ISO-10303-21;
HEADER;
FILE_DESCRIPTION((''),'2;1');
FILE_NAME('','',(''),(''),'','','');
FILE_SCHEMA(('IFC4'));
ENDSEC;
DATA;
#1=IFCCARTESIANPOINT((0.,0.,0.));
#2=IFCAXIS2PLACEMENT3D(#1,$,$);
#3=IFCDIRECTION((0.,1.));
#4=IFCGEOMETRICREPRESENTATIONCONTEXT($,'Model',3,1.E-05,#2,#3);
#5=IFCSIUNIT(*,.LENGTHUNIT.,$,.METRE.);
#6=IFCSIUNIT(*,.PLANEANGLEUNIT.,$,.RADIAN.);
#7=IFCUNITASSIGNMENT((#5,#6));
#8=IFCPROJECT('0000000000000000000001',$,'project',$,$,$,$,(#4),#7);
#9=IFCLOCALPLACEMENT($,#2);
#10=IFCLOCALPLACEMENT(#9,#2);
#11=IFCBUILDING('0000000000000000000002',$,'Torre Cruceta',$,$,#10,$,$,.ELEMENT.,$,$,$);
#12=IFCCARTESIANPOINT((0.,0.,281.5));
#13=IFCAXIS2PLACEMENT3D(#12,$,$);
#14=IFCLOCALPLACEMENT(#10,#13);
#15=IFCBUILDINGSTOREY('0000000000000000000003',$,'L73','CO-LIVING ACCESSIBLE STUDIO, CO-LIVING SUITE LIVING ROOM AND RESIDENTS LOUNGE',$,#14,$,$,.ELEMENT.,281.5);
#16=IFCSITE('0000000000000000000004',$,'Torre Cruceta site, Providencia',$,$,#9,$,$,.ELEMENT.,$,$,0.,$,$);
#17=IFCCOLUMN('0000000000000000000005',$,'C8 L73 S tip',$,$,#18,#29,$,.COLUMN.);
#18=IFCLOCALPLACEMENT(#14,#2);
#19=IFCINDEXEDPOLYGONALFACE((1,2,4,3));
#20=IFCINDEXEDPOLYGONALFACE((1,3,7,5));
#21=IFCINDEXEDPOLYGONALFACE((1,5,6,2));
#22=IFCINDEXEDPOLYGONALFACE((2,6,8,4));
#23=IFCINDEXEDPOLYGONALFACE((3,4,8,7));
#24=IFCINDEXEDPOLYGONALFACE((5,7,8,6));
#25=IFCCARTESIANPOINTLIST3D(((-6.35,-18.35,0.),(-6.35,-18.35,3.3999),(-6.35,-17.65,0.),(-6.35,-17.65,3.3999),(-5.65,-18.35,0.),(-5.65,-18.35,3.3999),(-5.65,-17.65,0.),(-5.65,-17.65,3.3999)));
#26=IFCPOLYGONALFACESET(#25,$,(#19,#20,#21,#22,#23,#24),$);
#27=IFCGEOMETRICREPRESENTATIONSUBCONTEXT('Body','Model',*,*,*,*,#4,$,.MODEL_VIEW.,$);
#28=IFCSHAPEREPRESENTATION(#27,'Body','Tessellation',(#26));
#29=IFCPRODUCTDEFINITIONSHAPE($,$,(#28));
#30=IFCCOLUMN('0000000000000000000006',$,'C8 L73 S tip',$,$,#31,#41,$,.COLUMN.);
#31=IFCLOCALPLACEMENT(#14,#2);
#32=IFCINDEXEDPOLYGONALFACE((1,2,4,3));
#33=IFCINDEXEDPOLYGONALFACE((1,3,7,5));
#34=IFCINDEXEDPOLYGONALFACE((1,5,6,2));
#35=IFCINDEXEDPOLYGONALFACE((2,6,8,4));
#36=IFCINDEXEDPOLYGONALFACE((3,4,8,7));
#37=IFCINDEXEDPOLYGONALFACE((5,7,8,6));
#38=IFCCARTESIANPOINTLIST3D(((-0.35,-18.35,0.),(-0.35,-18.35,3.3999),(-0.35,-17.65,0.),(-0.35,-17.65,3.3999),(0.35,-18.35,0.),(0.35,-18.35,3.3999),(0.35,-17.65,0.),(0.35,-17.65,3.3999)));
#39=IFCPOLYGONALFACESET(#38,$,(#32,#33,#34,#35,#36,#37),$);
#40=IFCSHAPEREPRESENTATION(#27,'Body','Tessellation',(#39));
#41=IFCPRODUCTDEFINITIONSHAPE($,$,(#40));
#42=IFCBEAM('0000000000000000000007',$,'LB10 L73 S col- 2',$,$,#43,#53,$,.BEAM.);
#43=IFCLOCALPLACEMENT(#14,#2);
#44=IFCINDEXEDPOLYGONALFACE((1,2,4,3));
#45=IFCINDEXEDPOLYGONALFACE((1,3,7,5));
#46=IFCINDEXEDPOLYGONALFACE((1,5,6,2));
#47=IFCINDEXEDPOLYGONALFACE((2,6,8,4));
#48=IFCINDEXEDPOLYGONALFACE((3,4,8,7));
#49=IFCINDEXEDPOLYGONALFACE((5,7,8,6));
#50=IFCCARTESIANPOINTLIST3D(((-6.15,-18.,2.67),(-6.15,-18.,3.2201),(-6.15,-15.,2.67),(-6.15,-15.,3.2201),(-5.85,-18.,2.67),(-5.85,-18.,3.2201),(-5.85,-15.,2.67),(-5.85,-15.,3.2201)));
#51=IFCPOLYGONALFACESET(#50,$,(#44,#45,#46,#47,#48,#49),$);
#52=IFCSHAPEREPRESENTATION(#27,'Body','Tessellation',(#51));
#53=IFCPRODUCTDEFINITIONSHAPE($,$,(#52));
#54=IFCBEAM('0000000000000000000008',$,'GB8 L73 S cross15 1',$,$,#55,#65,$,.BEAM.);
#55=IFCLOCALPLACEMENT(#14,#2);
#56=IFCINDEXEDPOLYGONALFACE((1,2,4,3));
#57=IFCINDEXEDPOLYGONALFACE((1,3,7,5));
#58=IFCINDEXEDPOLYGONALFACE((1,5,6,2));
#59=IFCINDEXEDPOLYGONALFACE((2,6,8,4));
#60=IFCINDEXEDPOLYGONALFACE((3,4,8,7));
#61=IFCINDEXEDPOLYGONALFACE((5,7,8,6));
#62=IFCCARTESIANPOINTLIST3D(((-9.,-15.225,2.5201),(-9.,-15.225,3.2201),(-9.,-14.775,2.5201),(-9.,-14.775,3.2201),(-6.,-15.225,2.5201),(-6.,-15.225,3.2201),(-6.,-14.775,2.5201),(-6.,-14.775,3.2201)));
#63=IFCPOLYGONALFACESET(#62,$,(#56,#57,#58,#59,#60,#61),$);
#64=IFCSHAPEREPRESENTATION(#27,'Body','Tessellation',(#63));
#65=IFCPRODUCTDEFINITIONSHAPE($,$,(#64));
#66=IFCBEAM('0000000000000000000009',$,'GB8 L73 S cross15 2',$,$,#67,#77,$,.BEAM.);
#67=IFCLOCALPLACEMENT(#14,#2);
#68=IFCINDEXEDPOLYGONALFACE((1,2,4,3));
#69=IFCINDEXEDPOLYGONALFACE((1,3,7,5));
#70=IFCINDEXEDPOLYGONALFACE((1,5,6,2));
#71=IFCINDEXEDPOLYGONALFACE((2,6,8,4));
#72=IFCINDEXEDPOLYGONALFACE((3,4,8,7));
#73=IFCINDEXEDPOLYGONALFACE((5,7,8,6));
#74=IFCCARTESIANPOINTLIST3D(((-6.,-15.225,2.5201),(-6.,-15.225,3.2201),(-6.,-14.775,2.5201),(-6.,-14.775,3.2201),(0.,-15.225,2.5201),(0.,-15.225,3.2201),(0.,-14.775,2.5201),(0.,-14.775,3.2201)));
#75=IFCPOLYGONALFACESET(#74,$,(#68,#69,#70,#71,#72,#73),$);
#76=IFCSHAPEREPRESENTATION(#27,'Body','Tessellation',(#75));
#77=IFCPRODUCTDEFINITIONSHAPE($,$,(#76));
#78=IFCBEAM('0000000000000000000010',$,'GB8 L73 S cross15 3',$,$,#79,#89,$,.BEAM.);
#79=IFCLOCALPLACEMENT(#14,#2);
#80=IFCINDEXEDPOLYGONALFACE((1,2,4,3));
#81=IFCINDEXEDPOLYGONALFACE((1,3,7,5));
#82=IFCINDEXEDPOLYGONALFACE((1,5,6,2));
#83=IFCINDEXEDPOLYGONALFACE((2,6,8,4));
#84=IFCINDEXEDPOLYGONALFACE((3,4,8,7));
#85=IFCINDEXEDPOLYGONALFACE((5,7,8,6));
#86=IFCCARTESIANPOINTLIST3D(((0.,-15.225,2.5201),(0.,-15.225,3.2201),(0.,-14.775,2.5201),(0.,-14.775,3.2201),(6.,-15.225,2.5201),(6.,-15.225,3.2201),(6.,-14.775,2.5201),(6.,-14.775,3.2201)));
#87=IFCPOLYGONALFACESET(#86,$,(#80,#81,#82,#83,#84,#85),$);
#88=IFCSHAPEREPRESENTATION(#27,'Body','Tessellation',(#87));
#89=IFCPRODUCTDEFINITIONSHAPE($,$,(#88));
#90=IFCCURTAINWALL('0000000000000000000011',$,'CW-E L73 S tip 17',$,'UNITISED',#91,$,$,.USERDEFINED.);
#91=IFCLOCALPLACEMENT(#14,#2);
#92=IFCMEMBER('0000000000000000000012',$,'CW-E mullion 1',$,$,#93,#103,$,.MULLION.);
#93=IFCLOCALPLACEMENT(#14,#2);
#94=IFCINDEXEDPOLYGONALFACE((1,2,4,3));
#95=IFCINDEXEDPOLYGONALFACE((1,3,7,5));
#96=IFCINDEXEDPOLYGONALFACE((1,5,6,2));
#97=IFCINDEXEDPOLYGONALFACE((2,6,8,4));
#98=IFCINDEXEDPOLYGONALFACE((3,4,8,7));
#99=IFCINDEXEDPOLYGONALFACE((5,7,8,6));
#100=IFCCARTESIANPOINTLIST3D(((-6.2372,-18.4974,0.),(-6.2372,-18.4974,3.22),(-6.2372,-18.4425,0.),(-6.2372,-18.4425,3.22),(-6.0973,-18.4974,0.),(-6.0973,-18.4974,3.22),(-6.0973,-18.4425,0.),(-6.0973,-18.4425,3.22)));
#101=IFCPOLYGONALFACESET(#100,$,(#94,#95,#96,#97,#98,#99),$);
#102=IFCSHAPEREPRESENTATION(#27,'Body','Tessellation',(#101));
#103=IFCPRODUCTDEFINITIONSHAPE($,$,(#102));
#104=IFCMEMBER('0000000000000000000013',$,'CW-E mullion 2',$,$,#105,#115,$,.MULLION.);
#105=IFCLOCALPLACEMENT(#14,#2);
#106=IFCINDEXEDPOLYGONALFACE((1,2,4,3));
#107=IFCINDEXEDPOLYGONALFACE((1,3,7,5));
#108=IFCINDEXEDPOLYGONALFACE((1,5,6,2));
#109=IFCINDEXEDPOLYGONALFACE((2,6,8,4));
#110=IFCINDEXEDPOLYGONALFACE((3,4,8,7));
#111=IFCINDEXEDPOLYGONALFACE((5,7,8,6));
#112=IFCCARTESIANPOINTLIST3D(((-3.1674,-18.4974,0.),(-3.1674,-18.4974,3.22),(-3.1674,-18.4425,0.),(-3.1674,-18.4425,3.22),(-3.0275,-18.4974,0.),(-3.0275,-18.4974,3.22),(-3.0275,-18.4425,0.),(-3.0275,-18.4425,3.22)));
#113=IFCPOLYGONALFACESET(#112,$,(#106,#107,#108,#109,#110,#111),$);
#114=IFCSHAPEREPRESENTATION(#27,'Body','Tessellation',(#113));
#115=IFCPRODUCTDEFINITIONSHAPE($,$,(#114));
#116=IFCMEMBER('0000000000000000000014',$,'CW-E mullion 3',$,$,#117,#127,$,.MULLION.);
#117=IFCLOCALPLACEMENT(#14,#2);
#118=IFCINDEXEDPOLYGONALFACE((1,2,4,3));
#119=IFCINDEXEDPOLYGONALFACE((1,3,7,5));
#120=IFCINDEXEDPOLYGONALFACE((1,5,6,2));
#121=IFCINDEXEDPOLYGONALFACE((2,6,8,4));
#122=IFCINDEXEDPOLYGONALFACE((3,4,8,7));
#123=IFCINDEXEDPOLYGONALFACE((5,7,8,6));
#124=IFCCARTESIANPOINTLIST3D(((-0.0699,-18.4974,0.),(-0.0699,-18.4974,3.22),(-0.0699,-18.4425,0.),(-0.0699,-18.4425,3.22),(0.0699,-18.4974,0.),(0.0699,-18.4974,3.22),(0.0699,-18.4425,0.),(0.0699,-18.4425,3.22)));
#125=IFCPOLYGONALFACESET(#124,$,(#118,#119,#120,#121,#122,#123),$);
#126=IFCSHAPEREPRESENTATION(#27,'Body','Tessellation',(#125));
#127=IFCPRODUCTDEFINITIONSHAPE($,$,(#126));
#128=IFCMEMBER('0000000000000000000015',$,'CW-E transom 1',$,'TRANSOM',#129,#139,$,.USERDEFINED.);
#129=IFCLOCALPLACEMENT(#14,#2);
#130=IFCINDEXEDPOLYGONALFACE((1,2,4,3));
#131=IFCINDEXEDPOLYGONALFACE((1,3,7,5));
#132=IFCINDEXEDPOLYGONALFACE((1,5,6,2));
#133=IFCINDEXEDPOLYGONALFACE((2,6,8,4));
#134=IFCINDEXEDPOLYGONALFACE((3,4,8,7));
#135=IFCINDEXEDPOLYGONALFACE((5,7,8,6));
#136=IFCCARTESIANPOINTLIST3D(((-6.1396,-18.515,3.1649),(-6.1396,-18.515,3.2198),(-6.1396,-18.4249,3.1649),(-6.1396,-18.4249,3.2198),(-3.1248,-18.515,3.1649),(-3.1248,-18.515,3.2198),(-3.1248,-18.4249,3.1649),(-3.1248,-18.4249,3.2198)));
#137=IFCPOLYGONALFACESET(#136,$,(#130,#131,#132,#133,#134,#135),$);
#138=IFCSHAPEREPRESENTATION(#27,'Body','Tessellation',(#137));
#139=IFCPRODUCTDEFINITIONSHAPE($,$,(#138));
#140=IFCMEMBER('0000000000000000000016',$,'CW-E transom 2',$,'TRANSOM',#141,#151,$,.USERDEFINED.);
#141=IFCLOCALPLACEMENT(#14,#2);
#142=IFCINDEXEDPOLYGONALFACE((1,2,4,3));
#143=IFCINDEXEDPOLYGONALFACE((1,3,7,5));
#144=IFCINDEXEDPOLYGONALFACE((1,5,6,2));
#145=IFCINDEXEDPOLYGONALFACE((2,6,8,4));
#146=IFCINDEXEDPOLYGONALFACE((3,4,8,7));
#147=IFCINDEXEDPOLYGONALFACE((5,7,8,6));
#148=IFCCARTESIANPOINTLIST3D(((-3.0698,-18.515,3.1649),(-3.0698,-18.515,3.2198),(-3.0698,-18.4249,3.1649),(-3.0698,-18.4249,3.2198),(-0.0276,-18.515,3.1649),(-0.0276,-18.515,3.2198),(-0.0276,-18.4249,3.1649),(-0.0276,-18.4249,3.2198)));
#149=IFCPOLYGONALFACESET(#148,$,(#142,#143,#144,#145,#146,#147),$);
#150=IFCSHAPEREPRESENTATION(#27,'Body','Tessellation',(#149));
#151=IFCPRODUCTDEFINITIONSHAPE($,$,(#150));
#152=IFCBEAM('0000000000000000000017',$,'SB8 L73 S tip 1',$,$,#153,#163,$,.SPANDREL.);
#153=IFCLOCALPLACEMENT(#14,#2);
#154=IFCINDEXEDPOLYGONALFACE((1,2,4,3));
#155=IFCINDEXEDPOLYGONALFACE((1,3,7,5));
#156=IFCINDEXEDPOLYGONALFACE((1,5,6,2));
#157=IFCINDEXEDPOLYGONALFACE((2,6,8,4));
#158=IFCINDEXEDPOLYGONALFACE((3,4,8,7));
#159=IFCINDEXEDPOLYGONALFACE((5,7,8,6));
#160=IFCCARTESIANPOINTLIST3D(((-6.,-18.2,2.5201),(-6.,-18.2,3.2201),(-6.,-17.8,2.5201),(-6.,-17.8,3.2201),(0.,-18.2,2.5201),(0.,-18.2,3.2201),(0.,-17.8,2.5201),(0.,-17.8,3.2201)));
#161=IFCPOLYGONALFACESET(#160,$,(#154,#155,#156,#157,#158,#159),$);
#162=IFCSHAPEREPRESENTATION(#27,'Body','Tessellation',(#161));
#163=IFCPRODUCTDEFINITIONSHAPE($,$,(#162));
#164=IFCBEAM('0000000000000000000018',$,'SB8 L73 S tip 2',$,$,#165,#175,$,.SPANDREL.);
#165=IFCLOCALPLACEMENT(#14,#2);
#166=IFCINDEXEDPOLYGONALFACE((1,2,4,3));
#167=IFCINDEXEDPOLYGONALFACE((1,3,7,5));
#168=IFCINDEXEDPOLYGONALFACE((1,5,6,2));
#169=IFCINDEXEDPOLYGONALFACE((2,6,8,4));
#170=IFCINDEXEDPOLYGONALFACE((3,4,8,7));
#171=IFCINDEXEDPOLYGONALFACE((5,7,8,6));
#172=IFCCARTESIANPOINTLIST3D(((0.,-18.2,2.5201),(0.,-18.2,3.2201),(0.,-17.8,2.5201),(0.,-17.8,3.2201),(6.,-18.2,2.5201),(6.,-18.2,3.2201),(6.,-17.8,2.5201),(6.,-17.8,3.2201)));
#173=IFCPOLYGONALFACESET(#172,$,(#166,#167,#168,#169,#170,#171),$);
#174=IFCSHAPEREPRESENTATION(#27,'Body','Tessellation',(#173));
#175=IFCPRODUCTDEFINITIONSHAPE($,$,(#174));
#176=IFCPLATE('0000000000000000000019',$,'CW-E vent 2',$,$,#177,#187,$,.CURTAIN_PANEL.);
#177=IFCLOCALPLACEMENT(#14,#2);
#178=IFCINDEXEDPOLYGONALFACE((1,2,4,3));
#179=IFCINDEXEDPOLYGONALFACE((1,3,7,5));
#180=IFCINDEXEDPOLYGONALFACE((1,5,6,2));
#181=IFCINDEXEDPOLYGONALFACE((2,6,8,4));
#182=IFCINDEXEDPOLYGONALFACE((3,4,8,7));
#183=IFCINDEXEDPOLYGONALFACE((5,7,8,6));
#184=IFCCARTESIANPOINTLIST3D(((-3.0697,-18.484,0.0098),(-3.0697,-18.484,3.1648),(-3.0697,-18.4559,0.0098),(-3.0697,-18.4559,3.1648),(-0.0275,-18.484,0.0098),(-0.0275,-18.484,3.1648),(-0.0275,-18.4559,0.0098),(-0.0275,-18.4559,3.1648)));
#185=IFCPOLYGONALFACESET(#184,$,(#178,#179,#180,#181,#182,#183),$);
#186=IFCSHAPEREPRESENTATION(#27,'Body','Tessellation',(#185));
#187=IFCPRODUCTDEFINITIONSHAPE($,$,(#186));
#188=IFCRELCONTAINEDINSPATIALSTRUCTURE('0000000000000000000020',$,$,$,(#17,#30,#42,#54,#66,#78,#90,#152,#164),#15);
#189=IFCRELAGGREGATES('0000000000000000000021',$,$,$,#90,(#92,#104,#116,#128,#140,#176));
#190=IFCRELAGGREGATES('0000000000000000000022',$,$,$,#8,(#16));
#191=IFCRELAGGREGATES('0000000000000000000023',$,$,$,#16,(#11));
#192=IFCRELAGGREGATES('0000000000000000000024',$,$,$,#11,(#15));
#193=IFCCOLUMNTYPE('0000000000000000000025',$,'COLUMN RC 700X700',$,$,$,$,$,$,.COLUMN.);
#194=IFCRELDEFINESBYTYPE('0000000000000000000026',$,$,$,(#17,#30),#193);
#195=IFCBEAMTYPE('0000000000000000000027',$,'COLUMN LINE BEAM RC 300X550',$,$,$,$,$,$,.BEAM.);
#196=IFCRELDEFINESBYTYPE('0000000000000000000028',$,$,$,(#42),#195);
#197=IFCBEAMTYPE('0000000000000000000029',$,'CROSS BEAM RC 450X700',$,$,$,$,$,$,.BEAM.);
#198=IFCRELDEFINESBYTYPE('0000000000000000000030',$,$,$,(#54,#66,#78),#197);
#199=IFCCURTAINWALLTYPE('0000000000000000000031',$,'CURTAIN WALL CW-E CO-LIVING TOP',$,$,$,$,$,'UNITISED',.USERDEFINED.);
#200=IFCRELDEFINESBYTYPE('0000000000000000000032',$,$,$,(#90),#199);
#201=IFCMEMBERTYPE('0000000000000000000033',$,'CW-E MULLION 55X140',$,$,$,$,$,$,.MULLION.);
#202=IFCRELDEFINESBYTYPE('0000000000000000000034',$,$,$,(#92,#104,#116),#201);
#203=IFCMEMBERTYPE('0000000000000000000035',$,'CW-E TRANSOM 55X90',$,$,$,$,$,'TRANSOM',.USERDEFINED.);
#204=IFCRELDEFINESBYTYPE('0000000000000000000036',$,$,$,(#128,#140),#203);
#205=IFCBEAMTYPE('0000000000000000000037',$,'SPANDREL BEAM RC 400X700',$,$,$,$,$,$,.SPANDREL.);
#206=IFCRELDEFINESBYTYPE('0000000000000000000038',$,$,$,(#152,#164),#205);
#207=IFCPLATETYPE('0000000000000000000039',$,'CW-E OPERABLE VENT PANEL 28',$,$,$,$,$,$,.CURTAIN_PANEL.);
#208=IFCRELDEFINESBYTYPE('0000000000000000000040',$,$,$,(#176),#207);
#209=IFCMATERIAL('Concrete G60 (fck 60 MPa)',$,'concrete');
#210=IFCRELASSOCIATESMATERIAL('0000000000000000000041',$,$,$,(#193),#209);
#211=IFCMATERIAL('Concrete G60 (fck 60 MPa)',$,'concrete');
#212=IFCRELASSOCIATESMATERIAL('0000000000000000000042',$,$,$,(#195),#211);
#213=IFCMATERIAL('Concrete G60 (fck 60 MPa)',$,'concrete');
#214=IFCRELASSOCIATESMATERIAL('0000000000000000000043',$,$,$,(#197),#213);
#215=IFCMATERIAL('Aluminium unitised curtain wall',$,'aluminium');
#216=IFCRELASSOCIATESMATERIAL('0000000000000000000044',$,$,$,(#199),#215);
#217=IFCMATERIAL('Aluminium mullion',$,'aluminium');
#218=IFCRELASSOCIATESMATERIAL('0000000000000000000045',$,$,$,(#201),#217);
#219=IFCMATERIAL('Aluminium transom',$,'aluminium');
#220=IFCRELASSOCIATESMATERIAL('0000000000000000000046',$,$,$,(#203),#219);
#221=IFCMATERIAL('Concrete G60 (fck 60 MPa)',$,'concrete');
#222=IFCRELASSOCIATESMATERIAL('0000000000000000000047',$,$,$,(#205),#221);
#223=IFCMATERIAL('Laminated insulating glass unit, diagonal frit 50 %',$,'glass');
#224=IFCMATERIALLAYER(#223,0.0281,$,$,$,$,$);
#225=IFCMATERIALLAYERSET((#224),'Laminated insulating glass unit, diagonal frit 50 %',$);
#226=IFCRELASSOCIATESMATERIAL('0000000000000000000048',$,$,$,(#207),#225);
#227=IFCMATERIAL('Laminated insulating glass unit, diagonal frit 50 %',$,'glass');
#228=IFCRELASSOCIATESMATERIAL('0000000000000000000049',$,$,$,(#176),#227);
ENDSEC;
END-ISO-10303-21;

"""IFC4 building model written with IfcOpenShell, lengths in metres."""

from ifc_helpers import new_model, si_unit, direction, frame, origin, origin_2d, place, context, subcontext, project, spatial, rectangle, extrude, material, layer, layer_set, material_profile, profile_set, type_object, element, aggregate, save


model = new_model("IFC4")

# Units and contexts
model_context = context("Model", 3, precision=1e-05, world=origin(), true_north=direction((0.0, 1.0)))
body_context = subcontext(model_context, "Body", "Model", "MODEL_VIEW")
ifc_project = project(units=[si_unit("LENGTHUNIT", "METRE"), si_unit("PLANEANGLEUNIT", "RADIAN")], contexts=[model_context])

# Site, building, storey
site_placement = place(None, origin())
site = spatial("IfcSite", under=ifc_project, at=site_placement, Name="Torre Cruceta site, Providencia", CompositionType="ELEMENT", RefElevation=0.0)
building_placement = place(site_placement, origin())
building = spatial("IfcBuilding", under=site, at=building_placement, Name="Torre Cruceta", CompositionType="ELEMENT")
storey_placement = place(building_placement, frame((0.0, 0.0, 281.5)))
storey = spatial("IfcBuildingStorey", under=building, at=storey_placement, Name="L73", Description="CO-LIVING ACCESSIBLE STUDIO, CO-LIVING SUITE LIVING ROOM AND RESIDENTS LOUNGE", CompositionType="ELEMENT", Elevation=281.5)

# Columns
ifc_material_1 = material(Name="Concrete G60 (fck 60 MPa)", Category="concrete")
ifc_material_profile_1 = material_profile(ifc_material_1, rectangle(XDim=0.7, YDim=0.7, at=origin_2d()), Name="RC 700X700")
ifc_profile_set_1 = profile_set([ifc_material_profile_1], Name="Concrete G60 (fck 60 MPa)")
column_type = type_object("IfcColumnType", Name="COLUMN RC 700X700", PredefinedType="COLUMN", material=ifc_profile_set_1)
for number, where, z_axis, x_axis, name in (
    (1, (-6.0, -18.0, 0.0), (0.0, 0.0, 1.0), (1.0, 0.0, 0.0), "C8 L73 S tip"),
    (2, (0.0, -18.0, 0.0), (0.0, 0.0, 1.0), (1.0, 0.0, 0.0), "C8 L73 S tip"),
):
    element("IfcColumn", number, at=place(storey_placement, frame(where, z_axis=z_axis, x_axis=x_axis)), inside=storey, type_object=column_type, Name=name, PredefinedType="COLUMN", context=body_context, shape_type="SweptSolid", body=[
        extrude(rectangle(XDim=0.7, YDim=0.7, at=origin_2d()), origin(), (0.0, 0.0, 1.0), 3.3999),
    ])

# Beams
ifc_material_2 = material(Name="Concrete G60 (fck 60 MPa)", Category="concrete")
ifc_material_profile_2 = material_profile(ifc_material_2, rectangle(XDim=0.3, YDim=0.55, at=origin_2d()), Name="RC 300X550")
ifc_profile_set_2 = profile_set([ifc_material_profile_2], Name="Concrete G60 (fck 60 MPa)")
beam_type_1 = type_object("IfcBeamType", Name="COLUMN LINE BEAM RC 300X550", PredefinedType="BEAM", material=ifc_profile_set_2)
beam_1_placement = place(storey_placement, frame((-6.0, -15.0, 2.9451), z_axis=(0.0, -1.0, 0.0), x_axis=(1.0, 0.0, 0.0)))
element("IfcBeam", 3, at=beam_1_placement, inside=storey, type_object=beam_type_1, Name="LB10 L73 S col- 2", PredefinedType="BEAM", context=body_context, shape_type="SweptSolid", body=[
    extrude(rectangle(XDim=0.3, YDim=0.55, at=origin_2d()), origin(), (0.0, 0.0, 1.0), 3.0),
])
ifc_material_3 = material(Name="Concrete G60 (fck 60 MPa)", Category="concrete")
ifc_material_profile_3 = material_profile(ifc_material_3, rectangle(XDim=0.45, YDim=0.7, at=origin_2d()), Name="RC 450X700")
ifc_profile_set_3 = profile_set([ifc_material_profile_3], Name="Concrete G60 (fck 60 MPa)")
beam_type_2 = type_object("IfcBeamType", Name="CROSS BEAM RC 450X700", PredefinedType="BEAM", material=ifc_profile_set_3)
beam_2_placement = place(storey_placement, frame((-9.0, -15.0, 2.8701), z_axis=(1.0, 0.0, 0.0), x_axis=(0.0, 1.0, 0.0)))
element("IfcBeam", 4, at=beam_2_placement, inside=storey, type_object=beam_type_2, Name="GB8 L73 S cross15 1", PredefinedType="BEAM", context=body_context, shape_type="SweptSolid", body=[
    extrude(rectangle(XDim=0.45, YDim=0.7, at=origin_2d()), origin(), (0.0, 0.0, 1.0), 3.0),
])
for number, where, z_axis, x_axis, name in (
    (5, (-6.0, -15.0, 2.8701), (1.0, 0.0, 0.0), (0.0, 1.0, 0.0), "GB8 L73 S cross15 2"),
    (6, (0.0, -15.0, 2.8701), (1.0, 0.0, 0.0), (0.0, 1.0, 0.0), "GB8 L73 S cross15 3"),
):
    element("IfcBeam", number, at=place(storey_placement, frame(where, z_axis=z_axis, x_axis=x_axis)), inside=storey, type_object=beam_type_2, Name=name, PredefinedType="BEAM", context=body_context, shape_type="SweptSolid", body=[
        extrude(rectangle(XDim=0.45, YDim=0.7, at=origin_2d()), origin(), (0.0, 0.0, 1.0), 6.0),
    ])

# Curtain wall, members
ifc_material_4 = material(Name="Aluminium unitised curtain wall", Category="aluminium")
curtain_wall_type = type_object("IfcCurtainWallType", Name="CURTAIN WALL CW-E CO-LIVING TOP", ElementType="UNITISED", PredefinedType="USERDEFINED", material=ifc_material_4)
curtain_wall_placement = place(storey_placement, origin())
curtain_wall = element("IfcCurtainWall", 7, at=curtain_wall_placement, inside=storey, type_object=curtain_wall_type, Name="CW-E L73 S tip 17", ObjectType="UNITISED", PredefinedType="USERDEFINED")
ifc_material_5 = material(Name="Aluminium mullion", Category="aluminium")
ifc_material_profile_4 = material_profile(ifc_material_5, rectangle(XDim=0.0549, YDim=0.1399, at=origin_2d()), Name="AL 55X140")
ifc_profile_set_4 = profile_set([ifc_material_profile_4], Name="Aluminium mullion")
member_type_1 = type_object("IfcMemberType", Name="CW-E MULLION 55X140", PredefinedType="MULLION", material=ifc_profile_set_4)
member_1_placement = place(storey_placement, frame((-6.1672, -18.47, 0.0), z_axis=(0.0, 0.0, 1.0), x_axis=(0.0, 1.0, 0.0)))
member_1 = element("IfcMember", 8, at=member_1_placement, type_object=member_type_1, Name="CW-E mullion 1", PredefinedType="MULLION", context=body_context, shape_type="SweptSolid", body=[
    extrude(rectangle(XDim=0.0549, YDim=0.1399, at=origin_2d()), origin(), (0.0, 0.0, 1.0), 3.22),
])
member_2_placement = place(storey_placement, frame((-3.0974, -18.47, 0.0), z_axis=(0.0, 0.0, 1.0), x_axis=(0.0, 1.0, 0.0)))
member_2 = element("IfcMember", 9, at=member_2_placement, type_object=member_type_1, Name="CW-E mullion 2", PredefinedType="MULLION", context=body_context, shape_type="SweptSolid", body=[
    extrude(rectangle(XDim=0.0549, YDim=0.1399, at=origin_2d()), origin(), (0.0, 0.0, 1.0), 3.22),
])
member_3_placement = place(storey_placement, frame((0.0, -18.47, 0.0), z_axis=(0.0, 0.0, 1.0), x_axis=(0.0, 1.0, 0.0)))
member_3 = element("IfcMember", 10, at=member_3_placement, type_object=member_type_1, Name="CW-E mullion 3", PredefinedType="MULLION", context=body_context, shape_type="SweptSolid", body=[
    extrude(rectangle(XDim=0.0549, YDim=0.1399, at=origin_2d()), origin(), (0.0, 0.0, 1.0), 3.22),
])
ifc_material_6 = material(Name="Aluminium transom", Category="aluminium")
ifc_material_profile_5 = material_profile(ifc_material_6, rectangle(XDim=0.0901, YDim=0.0549, at=origin_2d()), Name="AL 90X55")
ifc_profile_set_5 = profile_set([ifc_material_profile_5], Name="Aluminium transom")
member_type_2 = type_object("IfcMemberType", Name="CW-E TRANSOM 55X90", ElementType="TRANSOM", PredefinedType="USERDEFINED", material=ifc_profile_set_5)
member_4_placement = place(storey_placement, frame((-6.1396, -18.47, 3.1924), z_axis=(1.0, 0.0, 0.0), x_axis=(0.0, 1.0, 0.0)))
member_4 = element("IfcMember", 11, at=member_4_placement, type_object=member_type_2, Name="CW-E transom 1", ObjectType="TRANSOM", PredefinedType="USERDEFINED", context=body_context, shape_type="SweptSolid", body=[
    extrude(rectangle(XDim=0.0901, YDim=0.0549, at=origin_2d()), origin(), (0.0, 0.0, 1.0), 3.0149),
])
member_5_placement = place(storey_placement, frame((-3.0698, -18.47, 3.1924), z_axis=(1.0, 0.0, 0.0), x_axis=(0.0, 1.0, 0.0)))
member_5 = element("IfcMember", 12, at=member_5_placement, type_object=member_type_2, Name="CW-E transom 2", ObjectType="TRANSOM", PredefinedType="USERDEFINED", context=body_context, shape_type="SweptSolid", body=[
    extrude(rectangle(XDim=0.0901, YDim=0.0549, at=origin_2d()), origin(), (0.0, 0.0, 1.0), 3.0422),
])

# Beams
ifc_material_7 = material(Name="Concrete G60 (fck 60 MPa)", Category="concrete")
ifc_material_profile_6 = material_profile(ifc_material_7, rectangle(XDim=0.3999, YDim=0.7, at=origin_2d()), Name="RC 400X700")
ifc_profile_set_6 = profile_set([ifc_material_profile_6], Name="Concrete G60 (fck 60 MPa)")
beam_type_3 = type_object("IfcBeamType", Name="SPANDREL BEAM RC 400X700", PredefinedType="SPANDREL", material=ifc_profile_set_6)
for number, where, z_axis, x_axis, name in (
    (13, (-6.0, -18.0, 2.8701), (1.0, 0.0, 0.0), (0.0, 1.0, 0.0), "SB8 L73 S tip 1"),
    (14, (0.0, -18.0, 2.8701), (1.0, 0.0, 0.0), (0.0, 1.0, 0.0), "SB8 L73 S tip 2"),
):
    element("IfcBeam", number, at=place(storey_placement, frame(where, z_axis=z_axis, x_axis=x_axis)), inside=storey, type_object=beam_type_3, Name=name, PredefinedType="SPANDREL", context=body_context, shape_type="SweptSolid", body=[
        extrude(rectangle(XDim=0.3999, YDim=0.7, at=origin_2d()), origin(), (0.0, 0.0, 1.0), 6.0),
    ])

# Plate
ifc_material_8 = material(Name="Laminated insulating glass unit, diagonal frit 50 %", Category="glass")
ifc_material_9 = material(Name="Laminated insulating glass unit, diagonal frit 50 %", Category="glass")
ifc_layer_1 = layer(ifc_material_9, 0.0281)
ifc_layer_set_1 = layer_set([ifc_layer_1], Name="Laminated insulating glass unit, diagonal frit 50 %")
plate_type_1 = type_object("IfcPlateType", Name="CW-E OPERABLE VENT PANEL 28", PredefinedType="CURTAIN_PANEL", material=ifc_layer_set_1)
plate_1_placement = place(storey_placement, frame((-1.5486, -18.47, 0.0098), z_axis=(0.0, 0.0, 1.0), x_axis=(1.0, 0.0, 0.0)))
plate_1 = element("IfcPlate", 15, at=plate_1_placement, type_object=plate_type_1, material=ifc_material_8, Name="CW-E vent 2", PredefinedType="CURTAIN_PANEL", context=body_context, shape_type="SweptSolid", body=[
    extrude(rectangle(XDim=3.0422, YDim=0.0281, at=origin_2d()), origin(), (0.0, 0.0, 1.0), 3.155),
])
aggregate(curtain_wall, [member_1, member_2, member_3, member_4, member_5, plate_1])

save(model, "model.ifc")
